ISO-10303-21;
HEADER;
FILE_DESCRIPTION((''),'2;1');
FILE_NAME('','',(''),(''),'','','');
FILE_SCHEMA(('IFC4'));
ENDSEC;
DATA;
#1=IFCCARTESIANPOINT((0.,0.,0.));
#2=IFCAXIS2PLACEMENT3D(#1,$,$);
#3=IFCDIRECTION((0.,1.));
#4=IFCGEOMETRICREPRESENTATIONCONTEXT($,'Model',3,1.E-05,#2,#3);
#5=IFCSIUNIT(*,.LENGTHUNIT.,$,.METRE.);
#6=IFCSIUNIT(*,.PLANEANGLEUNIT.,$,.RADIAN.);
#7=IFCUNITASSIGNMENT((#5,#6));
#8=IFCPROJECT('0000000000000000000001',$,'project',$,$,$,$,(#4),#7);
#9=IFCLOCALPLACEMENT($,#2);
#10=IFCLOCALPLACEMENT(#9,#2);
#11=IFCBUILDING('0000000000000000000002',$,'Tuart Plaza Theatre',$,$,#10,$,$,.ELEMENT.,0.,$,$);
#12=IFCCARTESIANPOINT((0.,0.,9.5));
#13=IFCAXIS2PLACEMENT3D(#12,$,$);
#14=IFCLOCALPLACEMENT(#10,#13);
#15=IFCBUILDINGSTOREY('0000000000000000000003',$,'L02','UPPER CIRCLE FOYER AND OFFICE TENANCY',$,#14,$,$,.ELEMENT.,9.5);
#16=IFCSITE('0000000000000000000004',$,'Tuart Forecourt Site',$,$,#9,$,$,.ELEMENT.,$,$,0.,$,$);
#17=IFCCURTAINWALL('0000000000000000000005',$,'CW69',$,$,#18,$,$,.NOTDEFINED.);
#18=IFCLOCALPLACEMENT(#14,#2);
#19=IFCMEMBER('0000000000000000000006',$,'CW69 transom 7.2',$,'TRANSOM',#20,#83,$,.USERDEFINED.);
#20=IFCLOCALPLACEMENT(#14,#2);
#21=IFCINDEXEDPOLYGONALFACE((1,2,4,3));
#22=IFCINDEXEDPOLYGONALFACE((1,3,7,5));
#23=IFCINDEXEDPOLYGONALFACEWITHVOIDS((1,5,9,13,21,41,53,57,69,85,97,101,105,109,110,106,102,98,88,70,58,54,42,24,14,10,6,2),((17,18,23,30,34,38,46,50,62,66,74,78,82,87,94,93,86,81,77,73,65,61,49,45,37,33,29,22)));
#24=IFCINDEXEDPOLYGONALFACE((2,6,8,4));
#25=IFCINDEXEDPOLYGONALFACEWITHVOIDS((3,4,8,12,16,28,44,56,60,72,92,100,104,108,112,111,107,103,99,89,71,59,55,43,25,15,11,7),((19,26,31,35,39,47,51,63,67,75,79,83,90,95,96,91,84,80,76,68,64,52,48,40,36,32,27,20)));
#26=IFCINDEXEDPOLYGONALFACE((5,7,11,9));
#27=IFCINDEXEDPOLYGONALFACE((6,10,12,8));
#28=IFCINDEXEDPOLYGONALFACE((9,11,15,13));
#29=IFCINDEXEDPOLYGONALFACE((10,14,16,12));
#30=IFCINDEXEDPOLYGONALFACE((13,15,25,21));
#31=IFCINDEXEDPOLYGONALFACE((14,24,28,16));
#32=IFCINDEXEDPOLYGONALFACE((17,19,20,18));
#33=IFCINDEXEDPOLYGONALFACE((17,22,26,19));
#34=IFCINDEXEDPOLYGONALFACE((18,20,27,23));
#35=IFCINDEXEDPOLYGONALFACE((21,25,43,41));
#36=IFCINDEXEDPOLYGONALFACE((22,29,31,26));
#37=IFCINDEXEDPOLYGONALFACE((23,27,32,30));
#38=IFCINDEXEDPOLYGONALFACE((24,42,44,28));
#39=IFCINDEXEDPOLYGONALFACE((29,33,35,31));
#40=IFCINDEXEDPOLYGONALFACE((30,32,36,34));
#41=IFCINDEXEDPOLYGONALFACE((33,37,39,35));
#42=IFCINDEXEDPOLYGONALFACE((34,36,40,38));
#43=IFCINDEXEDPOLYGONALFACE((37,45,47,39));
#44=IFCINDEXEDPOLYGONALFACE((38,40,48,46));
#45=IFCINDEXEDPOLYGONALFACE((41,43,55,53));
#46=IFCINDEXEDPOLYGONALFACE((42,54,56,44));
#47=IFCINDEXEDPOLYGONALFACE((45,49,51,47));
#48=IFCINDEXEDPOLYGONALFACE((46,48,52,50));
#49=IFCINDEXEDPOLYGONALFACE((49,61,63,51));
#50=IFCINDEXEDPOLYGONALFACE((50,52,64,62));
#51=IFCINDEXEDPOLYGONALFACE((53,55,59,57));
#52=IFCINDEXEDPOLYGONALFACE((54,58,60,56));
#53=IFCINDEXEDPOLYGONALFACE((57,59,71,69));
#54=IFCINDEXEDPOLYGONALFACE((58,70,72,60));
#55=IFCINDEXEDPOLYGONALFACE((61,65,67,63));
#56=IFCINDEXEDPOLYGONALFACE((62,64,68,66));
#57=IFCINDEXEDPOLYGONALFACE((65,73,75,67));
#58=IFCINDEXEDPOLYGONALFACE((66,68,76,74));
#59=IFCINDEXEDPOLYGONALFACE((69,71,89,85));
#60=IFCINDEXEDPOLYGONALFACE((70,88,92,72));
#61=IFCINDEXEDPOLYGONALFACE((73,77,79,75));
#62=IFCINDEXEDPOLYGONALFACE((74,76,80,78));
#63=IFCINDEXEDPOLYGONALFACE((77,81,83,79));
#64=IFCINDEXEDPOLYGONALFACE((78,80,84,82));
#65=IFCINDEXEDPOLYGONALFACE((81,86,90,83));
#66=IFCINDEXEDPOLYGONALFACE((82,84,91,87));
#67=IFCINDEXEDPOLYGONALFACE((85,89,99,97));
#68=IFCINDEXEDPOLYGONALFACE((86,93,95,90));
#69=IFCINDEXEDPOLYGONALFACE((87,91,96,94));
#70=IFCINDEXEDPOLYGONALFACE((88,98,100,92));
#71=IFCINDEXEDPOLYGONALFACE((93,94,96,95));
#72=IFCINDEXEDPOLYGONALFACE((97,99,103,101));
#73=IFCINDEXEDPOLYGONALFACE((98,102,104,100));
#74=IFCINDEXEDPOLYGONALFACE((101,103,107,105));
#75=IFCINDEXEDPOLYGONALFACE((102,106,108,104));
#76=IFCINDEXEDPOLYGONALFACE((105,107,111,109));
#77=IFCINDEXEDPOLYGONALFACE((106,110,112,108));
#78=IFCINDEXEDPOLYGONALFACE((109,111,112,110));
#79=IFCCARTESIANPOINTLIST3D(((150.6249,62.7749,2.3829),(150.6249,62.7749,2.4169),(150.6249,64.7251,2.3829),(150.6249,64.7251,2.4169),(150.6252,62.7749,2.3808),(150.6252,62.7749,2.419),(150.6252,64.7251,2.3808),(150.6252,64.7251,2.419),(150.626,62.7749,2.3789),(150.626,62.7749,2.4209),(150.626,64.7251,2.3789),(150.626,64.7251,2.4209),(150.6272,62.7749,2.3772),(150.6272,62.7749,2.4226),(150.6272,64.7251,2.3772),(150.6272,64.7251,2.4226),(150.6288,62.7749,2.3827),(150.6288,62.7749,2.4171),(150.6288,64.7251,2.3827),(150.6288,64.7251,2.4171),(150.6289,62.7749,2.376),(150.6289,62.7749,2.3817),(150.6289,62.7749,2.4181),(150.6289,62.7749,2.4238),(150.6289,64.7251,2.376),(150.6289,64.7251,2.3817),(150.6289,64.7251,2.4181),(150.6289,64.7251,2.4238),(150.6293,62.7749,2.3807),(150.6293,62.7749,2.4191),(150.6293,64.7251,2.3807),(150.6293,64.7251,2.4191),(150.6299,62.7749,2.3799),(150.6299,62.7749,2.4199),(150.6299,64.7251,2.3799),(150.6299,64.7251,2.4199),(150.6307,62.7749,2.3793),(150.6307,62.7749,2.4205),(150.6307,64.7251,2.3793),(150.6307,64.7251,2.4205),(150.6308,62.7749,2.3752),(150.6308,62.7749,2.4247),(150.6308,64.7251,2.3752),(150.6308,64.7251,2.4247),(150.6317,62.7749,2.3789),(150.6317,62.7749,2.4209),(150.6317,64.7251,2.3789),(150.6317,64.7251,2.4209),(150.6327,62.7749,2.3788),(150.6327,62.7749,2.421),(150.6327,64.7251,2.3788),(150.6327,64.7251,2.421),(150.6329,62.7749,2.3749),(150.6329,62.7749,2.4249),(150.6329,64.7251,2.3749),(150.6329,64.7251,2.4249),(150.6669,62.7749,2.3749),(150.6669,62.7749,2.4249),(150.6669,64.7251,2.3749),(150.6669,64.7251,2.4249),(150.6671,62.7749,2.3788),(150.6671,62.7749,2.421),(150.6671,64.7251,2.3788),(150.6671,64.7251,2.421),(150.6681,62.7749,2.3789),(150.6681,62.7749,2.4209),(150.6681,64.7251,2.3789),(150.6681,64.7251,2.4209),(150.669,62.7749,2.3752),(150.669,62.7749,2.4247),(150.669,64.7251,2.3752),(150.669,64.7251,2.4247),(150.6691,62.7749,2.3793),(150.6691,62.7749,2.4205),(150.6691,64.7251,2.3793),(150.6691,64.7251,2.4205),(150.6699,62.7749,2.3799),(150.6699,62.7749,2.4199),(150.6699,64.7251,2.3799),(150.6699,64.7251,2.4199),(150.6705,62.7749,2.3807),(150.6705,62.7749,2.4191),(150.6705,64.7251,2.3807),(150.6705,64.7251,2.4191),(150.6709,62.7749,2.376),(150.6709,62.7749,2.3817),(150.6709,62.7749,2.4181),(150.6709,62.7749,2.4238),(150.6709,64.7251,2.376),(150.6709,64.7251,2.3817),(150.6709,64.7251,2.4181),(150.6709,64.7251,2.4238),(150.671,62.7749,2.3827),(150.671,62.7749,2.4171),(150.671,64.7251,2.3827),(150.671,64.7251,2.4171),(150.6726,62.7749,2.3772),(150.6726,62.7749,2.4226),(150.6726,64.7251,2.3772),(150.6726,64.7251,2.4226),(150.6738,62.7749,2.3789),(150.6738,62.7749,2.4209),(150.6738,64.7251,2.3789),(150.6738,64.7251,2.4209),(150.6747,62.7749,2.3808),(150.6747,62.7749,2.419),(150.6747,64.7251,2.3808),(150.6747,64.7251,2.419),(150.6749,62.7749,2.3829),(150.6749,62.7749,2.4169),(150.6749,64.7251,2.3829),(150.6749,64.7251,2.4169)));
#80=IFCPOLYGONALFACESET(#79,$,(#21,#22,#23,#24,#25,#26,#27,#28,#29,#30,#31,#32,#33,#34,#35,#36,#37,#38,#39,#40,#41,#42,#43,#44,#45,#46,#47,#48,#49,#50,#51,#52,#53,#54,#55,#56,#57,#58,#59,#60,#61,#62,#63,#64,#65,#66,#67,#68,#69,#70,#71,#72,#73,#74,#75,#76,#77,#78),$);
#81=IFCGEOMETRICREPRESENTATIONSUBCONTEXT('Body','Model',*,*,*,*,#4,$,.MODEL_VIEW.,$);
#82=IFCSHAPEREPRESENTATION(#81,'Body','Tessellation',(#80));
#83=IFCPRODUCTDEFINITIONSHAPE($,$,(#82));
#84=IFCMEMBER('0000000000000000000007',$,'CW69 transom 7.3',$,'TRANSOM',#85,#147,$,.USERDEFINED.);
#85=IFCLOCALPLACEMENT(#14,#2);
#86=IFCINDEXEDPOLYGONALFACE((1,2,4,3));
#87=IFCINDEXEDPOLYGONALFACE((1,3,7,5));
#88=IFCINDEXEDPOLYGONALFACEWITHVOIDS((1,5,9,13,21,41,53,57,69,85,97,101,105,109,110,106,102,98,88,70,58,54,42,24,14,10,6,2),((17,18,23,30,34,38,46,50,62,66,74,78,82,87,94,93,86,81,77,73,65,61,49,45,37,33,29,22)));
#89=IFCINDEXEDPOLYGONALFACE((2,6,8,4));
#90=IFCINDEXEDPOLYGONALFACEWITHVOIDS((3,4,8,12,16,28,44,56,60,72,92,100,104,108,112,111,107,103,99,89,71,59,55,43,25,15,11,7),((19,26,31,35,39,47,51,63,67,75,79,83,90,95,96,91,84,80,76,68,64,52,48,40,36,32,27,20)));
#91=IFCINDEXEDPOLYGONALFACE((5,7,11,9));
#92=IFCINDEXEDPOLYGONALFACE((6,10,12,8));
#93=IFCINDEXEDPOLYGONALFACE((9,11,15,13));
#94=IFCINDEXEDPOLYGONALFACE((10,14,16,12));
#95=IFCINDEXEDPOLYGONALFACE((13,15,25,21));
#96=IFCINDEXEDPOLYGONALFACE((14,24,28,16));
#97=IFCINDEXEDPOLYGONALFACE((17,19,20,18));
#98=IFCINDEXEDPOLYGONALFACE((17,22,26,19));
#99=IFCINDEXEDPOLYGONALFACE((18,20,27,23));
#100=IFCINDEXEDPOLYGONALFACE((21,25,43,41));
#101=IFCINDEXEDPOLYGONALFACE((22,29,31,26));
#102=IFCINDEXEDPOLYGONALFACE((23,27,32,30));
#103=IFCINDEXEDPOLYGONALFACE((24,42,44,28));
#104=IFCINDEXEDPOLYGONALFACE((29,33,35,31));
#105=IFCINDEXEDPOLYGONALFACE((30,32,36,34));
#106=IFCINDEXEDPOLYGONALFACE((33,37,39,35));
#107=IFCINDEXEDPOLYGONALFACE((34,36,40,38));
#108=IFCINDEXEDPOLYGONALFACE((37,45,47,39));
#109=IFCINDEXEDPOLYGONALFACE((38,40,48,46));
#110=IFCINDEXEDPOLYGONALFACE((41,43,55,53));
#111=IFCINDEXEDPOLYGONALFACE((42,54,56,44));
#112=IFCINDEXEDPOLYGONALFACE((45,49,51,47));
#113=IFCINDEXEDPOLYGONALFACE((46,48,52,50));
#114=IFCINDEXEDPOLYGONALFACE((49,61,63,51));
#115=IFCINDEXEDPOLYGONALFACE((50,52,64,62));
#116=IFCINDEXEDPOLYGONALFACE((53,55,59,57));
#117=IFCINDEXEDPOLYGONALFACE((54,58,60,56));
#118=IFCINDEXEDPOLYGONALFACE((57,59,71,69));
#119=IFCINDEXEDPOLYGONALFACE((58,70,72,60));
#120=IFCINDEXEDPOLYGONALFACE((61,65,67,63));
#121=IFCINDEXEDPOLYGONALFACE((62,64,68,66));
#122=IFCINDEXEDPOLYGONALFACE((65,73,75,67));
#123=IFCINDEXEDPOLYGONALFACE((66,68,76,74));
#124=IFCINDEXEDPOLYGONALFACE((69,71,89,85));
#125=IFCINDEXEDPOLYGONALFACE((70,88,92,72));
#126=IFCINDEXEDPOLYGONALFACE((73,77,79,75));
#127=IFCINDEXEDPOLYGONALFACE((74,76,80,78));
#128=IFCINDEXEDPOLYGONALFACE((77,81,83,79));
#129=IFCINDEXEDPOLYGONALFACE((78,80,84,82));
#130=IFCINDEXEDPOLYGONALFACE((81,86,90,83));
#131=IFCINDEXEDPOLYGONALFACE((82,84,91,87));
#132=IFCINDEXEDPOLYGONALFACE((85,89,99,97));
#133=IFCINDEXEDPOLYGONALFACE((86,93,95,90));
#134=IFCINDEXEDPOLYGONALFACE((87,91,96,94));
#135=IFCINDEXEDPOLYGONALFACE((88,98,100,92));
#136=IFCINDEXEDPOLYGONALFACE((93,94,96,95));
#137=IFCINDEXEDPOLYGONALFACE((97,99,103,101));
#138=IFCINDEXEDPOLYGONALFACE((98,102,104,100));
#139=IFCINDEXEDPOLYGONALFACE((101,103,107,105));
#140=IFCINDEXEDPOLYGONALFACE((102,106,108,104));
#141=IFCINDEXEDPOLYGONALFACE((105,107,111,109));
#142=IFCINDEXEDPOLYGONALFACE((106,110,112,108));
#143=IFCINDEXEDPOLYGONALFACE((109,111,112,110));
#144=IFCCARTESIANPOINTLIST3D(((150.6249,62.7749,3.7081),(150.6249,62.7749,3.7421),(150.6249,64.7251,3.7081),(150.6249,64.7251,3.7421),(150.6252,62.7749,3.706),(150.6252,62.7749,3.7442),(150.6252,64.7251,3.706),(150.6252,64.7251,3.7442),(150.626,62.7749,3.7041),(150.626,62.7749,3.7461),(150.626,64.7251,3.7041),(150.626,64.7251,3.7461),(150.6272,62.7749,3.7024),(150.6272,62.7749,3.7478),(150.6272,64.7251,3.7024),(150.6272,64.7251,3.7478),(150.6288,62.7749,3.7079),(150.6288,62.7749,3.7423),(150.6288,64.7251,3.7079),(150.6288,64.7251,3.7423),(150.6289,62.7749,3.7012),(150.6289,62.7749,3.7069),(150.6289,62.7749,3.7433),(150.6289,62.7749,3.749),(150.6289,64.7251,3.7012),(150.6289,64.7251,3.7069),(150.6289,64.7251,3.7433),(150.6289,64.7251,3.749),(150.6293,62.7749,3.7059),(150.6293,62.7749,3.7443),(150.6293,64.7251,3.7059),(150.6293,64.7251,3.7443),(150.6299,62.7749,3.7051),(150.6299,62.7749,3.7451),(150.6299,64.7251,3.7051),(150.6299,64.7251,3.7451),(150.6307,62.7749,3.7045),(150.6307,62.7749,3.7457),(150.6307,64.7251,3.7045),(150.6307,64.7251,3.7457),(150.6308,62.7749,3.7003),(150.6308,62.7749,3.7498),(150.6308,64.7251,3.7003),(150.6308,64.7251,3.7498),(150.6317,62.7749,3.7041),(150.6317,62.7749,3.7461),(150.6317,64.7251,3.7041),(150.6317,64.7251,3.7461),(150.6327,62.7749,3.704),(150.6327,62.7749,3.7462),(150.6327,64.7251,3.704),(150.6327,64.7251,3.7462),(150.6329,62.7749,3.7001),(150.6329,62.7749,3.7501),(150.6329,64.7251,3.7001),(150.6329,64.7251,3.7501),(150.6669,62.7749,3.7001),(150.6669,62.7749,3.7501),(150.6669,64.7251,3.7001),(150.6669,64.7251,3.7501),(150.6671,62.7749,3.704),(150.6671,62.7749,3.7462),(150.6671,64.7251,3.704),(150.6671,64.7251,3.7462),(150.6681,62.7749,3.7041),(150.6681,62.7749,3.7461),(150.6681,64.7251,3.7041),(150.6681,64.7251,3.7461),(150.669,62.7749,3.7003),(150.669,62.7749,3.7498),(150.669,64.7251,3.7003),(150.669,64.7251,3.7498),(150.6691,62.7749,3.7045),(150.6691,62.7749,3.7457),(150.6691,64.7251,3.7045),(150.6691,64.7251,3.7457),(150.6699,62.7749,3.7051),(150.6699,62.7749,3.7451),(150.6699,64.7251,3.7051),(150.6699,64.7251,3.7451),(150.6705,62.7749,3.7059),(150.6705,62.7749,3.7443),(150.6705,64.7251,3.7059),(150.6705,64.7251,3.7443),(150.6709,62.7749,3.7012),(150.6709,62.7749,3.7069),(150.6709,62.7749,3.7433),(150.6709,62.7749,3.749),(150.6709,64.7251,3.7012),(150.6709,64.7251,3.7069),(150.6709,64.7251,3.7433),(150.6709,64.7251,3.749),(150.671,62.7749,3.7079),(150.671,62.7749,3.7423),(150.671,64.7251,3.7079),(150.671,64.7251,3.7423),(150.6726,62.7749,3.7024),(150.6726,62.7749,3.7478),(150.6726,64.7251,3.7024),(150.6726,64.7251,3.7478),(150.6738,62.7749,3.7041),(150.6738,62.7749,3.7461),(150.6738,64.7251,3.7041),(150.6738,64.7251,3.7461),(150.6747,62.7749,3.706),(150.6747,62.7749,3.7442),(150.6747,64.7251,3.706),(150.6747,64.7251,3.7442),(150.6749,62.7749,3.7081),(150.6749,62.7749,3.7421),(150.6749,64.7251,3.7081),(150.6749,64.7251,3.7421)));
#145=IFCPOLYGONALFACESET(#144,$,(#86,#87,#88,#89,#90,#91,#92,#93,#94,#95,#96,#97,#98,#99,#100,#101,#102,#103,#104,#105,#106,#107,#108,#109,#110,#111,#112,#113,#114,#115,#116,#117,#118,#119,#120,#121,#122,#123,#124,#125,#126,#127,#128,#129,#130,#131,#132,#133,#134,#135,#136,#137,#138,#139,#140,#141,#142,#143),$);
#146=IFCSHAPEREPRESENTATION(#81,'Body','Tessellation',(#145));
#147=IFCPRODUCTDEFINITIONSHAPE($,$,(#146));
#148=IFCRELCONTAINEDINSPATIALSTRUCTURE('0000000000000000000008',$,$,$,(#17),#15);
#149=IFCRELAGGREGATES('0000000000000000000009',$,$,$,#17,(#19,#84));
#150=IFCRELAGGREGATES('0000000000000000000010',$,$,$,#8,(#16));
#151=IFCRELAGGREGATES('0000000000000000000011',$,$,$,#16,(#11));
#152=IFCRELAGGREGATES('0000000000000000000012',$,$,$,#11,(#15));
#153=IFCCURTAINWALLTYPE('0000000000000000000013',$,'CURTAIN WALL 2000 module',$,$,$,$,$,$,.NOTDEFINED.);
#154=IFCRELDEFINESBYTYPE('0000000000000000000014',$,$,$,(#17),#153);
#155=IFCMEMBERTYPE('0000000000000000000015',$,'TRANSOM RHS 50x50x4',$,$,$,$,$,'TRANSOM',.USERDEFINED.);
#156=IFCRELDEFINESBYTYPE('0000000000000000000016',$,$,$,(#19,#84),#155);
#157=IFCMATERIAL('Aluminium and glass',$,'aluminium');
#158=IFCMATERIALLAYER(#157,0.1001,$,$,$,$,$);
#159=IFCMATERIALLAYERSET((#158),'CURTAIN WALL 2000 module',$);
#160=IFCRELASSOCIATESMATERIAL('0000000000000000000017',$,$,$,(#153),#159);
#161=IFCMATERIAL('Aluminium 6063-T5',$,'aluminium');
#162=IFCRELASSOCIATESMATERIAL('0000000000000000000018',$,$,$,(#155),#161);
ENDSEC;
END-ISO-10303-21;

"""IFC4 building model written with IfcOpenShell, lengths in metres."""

from ifc_helpers import new_model, si_unit, direction, frame, origin, origin_2d, place, context, subcontext, project, spatial, hollow_rectangle, extrude, material, layer, layer_set, material_profile, profile_set, type_object, element, aggregate, save


model = new_model("IFC4")

# Units and contexts
model_context = context("Model", 3, precision=1e-05, world=origin(), true_north=direction((0.0, 1.0)))
body_context = subcontext(model_context, "Body", "Model", "MODEL_VIEW")
ifc_project = project(units=[si_unit("LENGTHUNIT", "METRE"), si_unit("PLANEANGLEUNIT", "RADIAN")], contexts=[model_context])

# Site, building, storey
site_placement = place(None, origin())
site = spatial("IfcSite", under=ifc_project, at=site_placement, Name="Tuart Forecourt Site", CompositionType="ELEMENT", RefElevation=0.0)
building_placement = place(site_placement, origin())
building = spatial("IfcBuilding", under=site, at=building_placement, Name="Tuart Plaza Theatre", CompositionType="ELEMENT", ElevationOfRefHeight=0.0)
storey_placement = place(building_placement, frame((0.0, 0.0, 9.5)))
storey = spatial("IfcBuildingStorey", under=building, at=storey_placement, Name="L02", Description="UPPER CIRCLE FOYER AND OFFICE TENANCY", CompositionType="ELEMENT", Elevation=9.5)

# Curtain wall, members
ifc_material_1 = material(Name="Aluminium and glass", Category="aluminium")
ifc_layer_1 = layer(ifc_material_1, 0.1001)
ifc_layer_set_1 = layer_set([ifc_layer_1], Name="CURTAIN WALL 2000 module")
curtain_wall_type = type_object("IfcCurtainWallType", Name="CURTAIN WALL 2000 module", PredefinedType="NOTDEFINED", material=ifc_layer_set_1)
curtain_wall_placement = place(storey_placement, origin())
curtain_wall = element("IfcCurtainWall", 1, at=curtain_wall_placement, inside=storey, type_object=curtain_wall_type, Name="CW69", PredefinedType="NOTDEFINED")
ifc_material_2 = material(Name="Aluminium 6063-T5", Category="aluminium")
ifc_material_profile_1 = material_profile(ifc_material_2, hollow_rectangle(XDim=0.05, YDim=0.05, WallThickness=0.0039, InnerFilletRadius=0.0039, OuterFilletRadius=0.0081, at=origin_2d()), Name="RHS 50x50x4")
ifc_profile_set_1 = profile_set([ifc_material_profile_1], Name="Aluminium 6063-T5")
member_type_1 = type_object("IfcMemberType", Name="TRANSOM RHS 50x50x4", ElementType="TRANSOM", PredefinedType="USERDEFINED", material=ifc_profile_set_1)
member_1_placement = place(storey_placement, frame((150.6499, 62.7749, 2.3999), z_axis=(0.0, 1.0, 0.0), x_axis=(-1.0, 0.0, 0.0)))
member_1 = element("IfcMember", 2, at=member_1_placement, type_object=member_type_1, Name="CW69 transom 7.2", ObjectType="TRANSOM", PredefinedType="USERDEFINED", context=body_context, shape_type="SweptSolid", body=[
    extrude(hollow_rectangle(XDim=0.05, YDim=0.05, WallThickness=0.0039, InnerFilletRadius=0.0039, OuterFilletRadius=0.0081, at=origin_2d()), origin(), (0.0, 0.0, 1.0), 1.9502),
])
member_2_placement = place(storey_placement, frame((150.6499, 62.7749, 3.7251), z_axis=(0.0, 1.0, 0.0), x_axis=(-1.0, 0.0, 0.0)))
member_2 = element("IfcMember", 3, at=member_2_placement, type_object=member_type_1, Name="CW69 transom 7.3", ObjectType="TRANSOM", PredefinedType="USERDEFINED", context=body_context, shape_type="SweptSolid", body=[
    extrude(hollow_rectangle(XDim=0.05, YDim=0.05, WallThickness=0.0039, InnerFilletRadius=0.0039, OuterFilletRadius=0.0081, at=origin_2d()), origin(), (0.0, 0.0, 1.0), 1.9502),
])
aggregate(curtain_wall, [member_1, member_2])

save(model, "model.ifc")
